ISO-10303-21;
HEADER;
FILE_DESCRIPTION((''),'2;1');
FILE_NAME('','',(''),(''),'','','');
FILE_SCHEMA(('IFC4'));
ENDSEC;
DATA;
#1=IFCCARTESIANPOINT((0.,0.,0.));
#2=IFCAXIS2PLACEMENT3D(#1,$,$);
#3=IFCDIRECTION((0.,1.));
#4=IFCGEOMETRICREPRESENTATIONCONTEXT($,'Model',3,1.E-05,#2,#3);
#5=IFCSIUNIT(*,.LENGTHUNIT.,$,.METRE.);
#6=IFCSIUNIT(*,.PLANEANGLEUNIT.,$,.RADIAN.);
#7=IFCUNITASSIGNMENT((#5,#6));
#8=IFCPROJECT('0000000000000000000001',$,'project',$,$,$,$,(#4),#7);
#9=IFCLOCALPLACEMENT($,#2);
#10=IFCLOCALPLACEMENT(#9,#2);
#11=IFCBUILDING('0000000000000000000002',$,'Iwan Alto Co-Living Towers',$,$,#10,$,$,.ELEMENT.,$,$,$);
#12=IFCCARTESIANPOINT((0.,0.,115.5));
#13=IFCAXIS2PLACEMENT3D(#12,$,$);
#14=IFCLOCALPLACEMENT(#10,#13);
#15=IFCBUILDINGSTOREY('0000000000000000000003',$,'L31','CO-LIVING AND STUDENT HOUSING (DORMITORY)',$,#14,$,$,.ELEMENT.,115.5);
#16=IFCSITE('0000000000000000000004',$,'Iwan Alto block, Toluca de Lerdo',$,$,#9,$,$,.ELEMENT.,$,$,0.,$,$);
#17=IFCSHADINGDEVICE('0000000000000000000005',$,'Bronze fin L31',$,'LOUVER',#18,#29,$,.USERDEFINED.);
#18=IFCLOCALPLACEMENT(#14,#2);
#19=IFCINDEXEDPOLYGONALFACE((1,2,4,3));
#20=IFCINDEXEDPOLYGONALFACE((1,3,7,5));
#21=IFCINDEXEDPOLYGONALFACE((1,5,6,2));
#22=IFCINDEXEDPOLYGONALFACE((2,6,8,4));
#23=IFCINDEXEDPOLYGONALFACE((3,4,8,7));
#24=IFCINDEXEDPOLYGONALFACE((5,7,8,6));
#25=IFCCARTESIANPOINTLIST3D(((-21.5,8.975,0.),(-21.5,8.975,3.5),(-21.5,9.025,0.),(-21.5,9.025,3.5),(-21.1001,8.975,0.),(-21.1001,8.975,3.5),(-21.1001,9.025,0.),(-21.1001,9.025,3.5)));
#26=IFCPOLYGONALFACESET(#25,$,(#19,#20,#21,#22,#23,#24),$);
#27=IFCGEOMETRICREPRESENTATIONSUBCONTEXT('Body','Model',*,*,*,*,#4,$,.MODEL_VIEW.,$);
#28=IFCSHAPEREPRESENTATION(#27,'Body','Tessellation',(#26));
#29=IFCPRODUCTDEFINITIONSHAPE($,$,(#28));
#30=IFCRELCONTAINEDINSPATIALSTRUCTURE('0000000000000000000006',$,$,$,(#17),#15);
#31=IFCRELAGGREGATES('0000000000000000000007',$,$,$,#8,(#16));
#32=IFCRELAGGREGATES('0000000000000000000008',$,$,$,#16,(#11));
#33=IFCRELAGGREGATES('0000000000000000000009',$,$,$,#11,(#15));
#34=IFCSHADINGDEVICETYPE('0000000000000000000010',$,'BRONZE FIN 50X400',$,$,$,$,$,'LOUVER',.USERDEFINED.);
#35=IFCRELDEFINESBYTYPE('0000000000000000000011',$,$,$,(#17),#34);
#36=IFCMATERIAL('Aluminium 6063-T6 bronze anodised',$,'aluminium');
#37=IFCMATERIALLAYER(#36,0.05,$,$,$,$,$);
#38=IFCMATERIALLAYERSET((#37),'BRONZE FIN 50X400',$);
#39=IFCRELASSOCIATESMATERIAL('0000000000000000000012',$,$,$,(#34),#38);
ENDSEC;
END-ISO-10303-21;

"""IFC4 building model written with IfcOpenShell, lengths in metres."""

from ifc_helpers import new_model, si_unit, direction, frame, origin, origin_2d, place, context, subcontext, project, spatial, rectangle, extrude, material, layer, layer_set, type_object, element, save


model = new_model("IFC4")

# Units and contexts
model_context = context("Model", 3, precision=1e-05, world=origin(), true_north=direction((0.0, 1.0)))
body_context = subcontext(model_context, "Body", "Model", "MODEL_VIEW")
ifc_project = project(units=[si_unit("LENGTHUNIT", "METRE"), si_unit("PLANEANGLEUNIT", "RADIAN")], contexts=[model_context])

# Site, building, storey
site_placement = place(None, origin())
site = spatial("IfcSite", under=ifc_project, at=site_placement, Name="Iwan Alto block, Toluca de Lerdo", CompositionType="ELEMENT", RefElevation=0.0)
building_placement = place(site_placement, origin())
building = spatial("IfcBuilding", under=site, at=building_placement, Name="Iwan Alto Co-Living Towers", CompositionType="ELEMENT")
storey_placement = place(building_placement, frame((0.0, 0.0, 115.5)))
storey = spatial("IfcBuildingStorey", under=building, at=storey_placement, Name="L31", Description="CO-LIVING AND STUDENT HOUSING (DORMITORY)", CompositionType="ELEMENT", Elevation=115.5)

# Shading device
ifc_material_1 = material(Name="Aluminium 6063-T6 bronze anodised", Category="aluminium")
ifc_layer_1 = layer(ifc_material_1, 0.05)
ifc_layer_set_1 = layer_set([ifc_layer_1], Name="BRONZE FIN 50X400")
shading_device_type = type_object("IfcShadingDeviceType", Name="BRONZE FIN 50X400", ElementType="LOUVER", PredefinedType="USERDEFINED", material=ifc_layer_set_1)
shading_device_placement = place(storey_placement, frame((-21.3, 9.0, 0.0), z_axis=(0.0, 0.0, 1.0), x_axis=(0.0, -1.0, 0.0)))
element("IfcShadingDevice", 1, at=shading_device_placement, inside=storey, type_object=shading_device_type, Name="Bronze fin L31", ObjectType="LOUVER", PredefinedType="USERDEFINED", context=body_context, shape_type="SweptSolid", body=[
    extrude(rectangle(XDim=0.05, YDim=0.3999, at=origin_2d()), origin(), (0.0, 0.0, 1.0), 3.5),
])

save(model, "model.ifc")
